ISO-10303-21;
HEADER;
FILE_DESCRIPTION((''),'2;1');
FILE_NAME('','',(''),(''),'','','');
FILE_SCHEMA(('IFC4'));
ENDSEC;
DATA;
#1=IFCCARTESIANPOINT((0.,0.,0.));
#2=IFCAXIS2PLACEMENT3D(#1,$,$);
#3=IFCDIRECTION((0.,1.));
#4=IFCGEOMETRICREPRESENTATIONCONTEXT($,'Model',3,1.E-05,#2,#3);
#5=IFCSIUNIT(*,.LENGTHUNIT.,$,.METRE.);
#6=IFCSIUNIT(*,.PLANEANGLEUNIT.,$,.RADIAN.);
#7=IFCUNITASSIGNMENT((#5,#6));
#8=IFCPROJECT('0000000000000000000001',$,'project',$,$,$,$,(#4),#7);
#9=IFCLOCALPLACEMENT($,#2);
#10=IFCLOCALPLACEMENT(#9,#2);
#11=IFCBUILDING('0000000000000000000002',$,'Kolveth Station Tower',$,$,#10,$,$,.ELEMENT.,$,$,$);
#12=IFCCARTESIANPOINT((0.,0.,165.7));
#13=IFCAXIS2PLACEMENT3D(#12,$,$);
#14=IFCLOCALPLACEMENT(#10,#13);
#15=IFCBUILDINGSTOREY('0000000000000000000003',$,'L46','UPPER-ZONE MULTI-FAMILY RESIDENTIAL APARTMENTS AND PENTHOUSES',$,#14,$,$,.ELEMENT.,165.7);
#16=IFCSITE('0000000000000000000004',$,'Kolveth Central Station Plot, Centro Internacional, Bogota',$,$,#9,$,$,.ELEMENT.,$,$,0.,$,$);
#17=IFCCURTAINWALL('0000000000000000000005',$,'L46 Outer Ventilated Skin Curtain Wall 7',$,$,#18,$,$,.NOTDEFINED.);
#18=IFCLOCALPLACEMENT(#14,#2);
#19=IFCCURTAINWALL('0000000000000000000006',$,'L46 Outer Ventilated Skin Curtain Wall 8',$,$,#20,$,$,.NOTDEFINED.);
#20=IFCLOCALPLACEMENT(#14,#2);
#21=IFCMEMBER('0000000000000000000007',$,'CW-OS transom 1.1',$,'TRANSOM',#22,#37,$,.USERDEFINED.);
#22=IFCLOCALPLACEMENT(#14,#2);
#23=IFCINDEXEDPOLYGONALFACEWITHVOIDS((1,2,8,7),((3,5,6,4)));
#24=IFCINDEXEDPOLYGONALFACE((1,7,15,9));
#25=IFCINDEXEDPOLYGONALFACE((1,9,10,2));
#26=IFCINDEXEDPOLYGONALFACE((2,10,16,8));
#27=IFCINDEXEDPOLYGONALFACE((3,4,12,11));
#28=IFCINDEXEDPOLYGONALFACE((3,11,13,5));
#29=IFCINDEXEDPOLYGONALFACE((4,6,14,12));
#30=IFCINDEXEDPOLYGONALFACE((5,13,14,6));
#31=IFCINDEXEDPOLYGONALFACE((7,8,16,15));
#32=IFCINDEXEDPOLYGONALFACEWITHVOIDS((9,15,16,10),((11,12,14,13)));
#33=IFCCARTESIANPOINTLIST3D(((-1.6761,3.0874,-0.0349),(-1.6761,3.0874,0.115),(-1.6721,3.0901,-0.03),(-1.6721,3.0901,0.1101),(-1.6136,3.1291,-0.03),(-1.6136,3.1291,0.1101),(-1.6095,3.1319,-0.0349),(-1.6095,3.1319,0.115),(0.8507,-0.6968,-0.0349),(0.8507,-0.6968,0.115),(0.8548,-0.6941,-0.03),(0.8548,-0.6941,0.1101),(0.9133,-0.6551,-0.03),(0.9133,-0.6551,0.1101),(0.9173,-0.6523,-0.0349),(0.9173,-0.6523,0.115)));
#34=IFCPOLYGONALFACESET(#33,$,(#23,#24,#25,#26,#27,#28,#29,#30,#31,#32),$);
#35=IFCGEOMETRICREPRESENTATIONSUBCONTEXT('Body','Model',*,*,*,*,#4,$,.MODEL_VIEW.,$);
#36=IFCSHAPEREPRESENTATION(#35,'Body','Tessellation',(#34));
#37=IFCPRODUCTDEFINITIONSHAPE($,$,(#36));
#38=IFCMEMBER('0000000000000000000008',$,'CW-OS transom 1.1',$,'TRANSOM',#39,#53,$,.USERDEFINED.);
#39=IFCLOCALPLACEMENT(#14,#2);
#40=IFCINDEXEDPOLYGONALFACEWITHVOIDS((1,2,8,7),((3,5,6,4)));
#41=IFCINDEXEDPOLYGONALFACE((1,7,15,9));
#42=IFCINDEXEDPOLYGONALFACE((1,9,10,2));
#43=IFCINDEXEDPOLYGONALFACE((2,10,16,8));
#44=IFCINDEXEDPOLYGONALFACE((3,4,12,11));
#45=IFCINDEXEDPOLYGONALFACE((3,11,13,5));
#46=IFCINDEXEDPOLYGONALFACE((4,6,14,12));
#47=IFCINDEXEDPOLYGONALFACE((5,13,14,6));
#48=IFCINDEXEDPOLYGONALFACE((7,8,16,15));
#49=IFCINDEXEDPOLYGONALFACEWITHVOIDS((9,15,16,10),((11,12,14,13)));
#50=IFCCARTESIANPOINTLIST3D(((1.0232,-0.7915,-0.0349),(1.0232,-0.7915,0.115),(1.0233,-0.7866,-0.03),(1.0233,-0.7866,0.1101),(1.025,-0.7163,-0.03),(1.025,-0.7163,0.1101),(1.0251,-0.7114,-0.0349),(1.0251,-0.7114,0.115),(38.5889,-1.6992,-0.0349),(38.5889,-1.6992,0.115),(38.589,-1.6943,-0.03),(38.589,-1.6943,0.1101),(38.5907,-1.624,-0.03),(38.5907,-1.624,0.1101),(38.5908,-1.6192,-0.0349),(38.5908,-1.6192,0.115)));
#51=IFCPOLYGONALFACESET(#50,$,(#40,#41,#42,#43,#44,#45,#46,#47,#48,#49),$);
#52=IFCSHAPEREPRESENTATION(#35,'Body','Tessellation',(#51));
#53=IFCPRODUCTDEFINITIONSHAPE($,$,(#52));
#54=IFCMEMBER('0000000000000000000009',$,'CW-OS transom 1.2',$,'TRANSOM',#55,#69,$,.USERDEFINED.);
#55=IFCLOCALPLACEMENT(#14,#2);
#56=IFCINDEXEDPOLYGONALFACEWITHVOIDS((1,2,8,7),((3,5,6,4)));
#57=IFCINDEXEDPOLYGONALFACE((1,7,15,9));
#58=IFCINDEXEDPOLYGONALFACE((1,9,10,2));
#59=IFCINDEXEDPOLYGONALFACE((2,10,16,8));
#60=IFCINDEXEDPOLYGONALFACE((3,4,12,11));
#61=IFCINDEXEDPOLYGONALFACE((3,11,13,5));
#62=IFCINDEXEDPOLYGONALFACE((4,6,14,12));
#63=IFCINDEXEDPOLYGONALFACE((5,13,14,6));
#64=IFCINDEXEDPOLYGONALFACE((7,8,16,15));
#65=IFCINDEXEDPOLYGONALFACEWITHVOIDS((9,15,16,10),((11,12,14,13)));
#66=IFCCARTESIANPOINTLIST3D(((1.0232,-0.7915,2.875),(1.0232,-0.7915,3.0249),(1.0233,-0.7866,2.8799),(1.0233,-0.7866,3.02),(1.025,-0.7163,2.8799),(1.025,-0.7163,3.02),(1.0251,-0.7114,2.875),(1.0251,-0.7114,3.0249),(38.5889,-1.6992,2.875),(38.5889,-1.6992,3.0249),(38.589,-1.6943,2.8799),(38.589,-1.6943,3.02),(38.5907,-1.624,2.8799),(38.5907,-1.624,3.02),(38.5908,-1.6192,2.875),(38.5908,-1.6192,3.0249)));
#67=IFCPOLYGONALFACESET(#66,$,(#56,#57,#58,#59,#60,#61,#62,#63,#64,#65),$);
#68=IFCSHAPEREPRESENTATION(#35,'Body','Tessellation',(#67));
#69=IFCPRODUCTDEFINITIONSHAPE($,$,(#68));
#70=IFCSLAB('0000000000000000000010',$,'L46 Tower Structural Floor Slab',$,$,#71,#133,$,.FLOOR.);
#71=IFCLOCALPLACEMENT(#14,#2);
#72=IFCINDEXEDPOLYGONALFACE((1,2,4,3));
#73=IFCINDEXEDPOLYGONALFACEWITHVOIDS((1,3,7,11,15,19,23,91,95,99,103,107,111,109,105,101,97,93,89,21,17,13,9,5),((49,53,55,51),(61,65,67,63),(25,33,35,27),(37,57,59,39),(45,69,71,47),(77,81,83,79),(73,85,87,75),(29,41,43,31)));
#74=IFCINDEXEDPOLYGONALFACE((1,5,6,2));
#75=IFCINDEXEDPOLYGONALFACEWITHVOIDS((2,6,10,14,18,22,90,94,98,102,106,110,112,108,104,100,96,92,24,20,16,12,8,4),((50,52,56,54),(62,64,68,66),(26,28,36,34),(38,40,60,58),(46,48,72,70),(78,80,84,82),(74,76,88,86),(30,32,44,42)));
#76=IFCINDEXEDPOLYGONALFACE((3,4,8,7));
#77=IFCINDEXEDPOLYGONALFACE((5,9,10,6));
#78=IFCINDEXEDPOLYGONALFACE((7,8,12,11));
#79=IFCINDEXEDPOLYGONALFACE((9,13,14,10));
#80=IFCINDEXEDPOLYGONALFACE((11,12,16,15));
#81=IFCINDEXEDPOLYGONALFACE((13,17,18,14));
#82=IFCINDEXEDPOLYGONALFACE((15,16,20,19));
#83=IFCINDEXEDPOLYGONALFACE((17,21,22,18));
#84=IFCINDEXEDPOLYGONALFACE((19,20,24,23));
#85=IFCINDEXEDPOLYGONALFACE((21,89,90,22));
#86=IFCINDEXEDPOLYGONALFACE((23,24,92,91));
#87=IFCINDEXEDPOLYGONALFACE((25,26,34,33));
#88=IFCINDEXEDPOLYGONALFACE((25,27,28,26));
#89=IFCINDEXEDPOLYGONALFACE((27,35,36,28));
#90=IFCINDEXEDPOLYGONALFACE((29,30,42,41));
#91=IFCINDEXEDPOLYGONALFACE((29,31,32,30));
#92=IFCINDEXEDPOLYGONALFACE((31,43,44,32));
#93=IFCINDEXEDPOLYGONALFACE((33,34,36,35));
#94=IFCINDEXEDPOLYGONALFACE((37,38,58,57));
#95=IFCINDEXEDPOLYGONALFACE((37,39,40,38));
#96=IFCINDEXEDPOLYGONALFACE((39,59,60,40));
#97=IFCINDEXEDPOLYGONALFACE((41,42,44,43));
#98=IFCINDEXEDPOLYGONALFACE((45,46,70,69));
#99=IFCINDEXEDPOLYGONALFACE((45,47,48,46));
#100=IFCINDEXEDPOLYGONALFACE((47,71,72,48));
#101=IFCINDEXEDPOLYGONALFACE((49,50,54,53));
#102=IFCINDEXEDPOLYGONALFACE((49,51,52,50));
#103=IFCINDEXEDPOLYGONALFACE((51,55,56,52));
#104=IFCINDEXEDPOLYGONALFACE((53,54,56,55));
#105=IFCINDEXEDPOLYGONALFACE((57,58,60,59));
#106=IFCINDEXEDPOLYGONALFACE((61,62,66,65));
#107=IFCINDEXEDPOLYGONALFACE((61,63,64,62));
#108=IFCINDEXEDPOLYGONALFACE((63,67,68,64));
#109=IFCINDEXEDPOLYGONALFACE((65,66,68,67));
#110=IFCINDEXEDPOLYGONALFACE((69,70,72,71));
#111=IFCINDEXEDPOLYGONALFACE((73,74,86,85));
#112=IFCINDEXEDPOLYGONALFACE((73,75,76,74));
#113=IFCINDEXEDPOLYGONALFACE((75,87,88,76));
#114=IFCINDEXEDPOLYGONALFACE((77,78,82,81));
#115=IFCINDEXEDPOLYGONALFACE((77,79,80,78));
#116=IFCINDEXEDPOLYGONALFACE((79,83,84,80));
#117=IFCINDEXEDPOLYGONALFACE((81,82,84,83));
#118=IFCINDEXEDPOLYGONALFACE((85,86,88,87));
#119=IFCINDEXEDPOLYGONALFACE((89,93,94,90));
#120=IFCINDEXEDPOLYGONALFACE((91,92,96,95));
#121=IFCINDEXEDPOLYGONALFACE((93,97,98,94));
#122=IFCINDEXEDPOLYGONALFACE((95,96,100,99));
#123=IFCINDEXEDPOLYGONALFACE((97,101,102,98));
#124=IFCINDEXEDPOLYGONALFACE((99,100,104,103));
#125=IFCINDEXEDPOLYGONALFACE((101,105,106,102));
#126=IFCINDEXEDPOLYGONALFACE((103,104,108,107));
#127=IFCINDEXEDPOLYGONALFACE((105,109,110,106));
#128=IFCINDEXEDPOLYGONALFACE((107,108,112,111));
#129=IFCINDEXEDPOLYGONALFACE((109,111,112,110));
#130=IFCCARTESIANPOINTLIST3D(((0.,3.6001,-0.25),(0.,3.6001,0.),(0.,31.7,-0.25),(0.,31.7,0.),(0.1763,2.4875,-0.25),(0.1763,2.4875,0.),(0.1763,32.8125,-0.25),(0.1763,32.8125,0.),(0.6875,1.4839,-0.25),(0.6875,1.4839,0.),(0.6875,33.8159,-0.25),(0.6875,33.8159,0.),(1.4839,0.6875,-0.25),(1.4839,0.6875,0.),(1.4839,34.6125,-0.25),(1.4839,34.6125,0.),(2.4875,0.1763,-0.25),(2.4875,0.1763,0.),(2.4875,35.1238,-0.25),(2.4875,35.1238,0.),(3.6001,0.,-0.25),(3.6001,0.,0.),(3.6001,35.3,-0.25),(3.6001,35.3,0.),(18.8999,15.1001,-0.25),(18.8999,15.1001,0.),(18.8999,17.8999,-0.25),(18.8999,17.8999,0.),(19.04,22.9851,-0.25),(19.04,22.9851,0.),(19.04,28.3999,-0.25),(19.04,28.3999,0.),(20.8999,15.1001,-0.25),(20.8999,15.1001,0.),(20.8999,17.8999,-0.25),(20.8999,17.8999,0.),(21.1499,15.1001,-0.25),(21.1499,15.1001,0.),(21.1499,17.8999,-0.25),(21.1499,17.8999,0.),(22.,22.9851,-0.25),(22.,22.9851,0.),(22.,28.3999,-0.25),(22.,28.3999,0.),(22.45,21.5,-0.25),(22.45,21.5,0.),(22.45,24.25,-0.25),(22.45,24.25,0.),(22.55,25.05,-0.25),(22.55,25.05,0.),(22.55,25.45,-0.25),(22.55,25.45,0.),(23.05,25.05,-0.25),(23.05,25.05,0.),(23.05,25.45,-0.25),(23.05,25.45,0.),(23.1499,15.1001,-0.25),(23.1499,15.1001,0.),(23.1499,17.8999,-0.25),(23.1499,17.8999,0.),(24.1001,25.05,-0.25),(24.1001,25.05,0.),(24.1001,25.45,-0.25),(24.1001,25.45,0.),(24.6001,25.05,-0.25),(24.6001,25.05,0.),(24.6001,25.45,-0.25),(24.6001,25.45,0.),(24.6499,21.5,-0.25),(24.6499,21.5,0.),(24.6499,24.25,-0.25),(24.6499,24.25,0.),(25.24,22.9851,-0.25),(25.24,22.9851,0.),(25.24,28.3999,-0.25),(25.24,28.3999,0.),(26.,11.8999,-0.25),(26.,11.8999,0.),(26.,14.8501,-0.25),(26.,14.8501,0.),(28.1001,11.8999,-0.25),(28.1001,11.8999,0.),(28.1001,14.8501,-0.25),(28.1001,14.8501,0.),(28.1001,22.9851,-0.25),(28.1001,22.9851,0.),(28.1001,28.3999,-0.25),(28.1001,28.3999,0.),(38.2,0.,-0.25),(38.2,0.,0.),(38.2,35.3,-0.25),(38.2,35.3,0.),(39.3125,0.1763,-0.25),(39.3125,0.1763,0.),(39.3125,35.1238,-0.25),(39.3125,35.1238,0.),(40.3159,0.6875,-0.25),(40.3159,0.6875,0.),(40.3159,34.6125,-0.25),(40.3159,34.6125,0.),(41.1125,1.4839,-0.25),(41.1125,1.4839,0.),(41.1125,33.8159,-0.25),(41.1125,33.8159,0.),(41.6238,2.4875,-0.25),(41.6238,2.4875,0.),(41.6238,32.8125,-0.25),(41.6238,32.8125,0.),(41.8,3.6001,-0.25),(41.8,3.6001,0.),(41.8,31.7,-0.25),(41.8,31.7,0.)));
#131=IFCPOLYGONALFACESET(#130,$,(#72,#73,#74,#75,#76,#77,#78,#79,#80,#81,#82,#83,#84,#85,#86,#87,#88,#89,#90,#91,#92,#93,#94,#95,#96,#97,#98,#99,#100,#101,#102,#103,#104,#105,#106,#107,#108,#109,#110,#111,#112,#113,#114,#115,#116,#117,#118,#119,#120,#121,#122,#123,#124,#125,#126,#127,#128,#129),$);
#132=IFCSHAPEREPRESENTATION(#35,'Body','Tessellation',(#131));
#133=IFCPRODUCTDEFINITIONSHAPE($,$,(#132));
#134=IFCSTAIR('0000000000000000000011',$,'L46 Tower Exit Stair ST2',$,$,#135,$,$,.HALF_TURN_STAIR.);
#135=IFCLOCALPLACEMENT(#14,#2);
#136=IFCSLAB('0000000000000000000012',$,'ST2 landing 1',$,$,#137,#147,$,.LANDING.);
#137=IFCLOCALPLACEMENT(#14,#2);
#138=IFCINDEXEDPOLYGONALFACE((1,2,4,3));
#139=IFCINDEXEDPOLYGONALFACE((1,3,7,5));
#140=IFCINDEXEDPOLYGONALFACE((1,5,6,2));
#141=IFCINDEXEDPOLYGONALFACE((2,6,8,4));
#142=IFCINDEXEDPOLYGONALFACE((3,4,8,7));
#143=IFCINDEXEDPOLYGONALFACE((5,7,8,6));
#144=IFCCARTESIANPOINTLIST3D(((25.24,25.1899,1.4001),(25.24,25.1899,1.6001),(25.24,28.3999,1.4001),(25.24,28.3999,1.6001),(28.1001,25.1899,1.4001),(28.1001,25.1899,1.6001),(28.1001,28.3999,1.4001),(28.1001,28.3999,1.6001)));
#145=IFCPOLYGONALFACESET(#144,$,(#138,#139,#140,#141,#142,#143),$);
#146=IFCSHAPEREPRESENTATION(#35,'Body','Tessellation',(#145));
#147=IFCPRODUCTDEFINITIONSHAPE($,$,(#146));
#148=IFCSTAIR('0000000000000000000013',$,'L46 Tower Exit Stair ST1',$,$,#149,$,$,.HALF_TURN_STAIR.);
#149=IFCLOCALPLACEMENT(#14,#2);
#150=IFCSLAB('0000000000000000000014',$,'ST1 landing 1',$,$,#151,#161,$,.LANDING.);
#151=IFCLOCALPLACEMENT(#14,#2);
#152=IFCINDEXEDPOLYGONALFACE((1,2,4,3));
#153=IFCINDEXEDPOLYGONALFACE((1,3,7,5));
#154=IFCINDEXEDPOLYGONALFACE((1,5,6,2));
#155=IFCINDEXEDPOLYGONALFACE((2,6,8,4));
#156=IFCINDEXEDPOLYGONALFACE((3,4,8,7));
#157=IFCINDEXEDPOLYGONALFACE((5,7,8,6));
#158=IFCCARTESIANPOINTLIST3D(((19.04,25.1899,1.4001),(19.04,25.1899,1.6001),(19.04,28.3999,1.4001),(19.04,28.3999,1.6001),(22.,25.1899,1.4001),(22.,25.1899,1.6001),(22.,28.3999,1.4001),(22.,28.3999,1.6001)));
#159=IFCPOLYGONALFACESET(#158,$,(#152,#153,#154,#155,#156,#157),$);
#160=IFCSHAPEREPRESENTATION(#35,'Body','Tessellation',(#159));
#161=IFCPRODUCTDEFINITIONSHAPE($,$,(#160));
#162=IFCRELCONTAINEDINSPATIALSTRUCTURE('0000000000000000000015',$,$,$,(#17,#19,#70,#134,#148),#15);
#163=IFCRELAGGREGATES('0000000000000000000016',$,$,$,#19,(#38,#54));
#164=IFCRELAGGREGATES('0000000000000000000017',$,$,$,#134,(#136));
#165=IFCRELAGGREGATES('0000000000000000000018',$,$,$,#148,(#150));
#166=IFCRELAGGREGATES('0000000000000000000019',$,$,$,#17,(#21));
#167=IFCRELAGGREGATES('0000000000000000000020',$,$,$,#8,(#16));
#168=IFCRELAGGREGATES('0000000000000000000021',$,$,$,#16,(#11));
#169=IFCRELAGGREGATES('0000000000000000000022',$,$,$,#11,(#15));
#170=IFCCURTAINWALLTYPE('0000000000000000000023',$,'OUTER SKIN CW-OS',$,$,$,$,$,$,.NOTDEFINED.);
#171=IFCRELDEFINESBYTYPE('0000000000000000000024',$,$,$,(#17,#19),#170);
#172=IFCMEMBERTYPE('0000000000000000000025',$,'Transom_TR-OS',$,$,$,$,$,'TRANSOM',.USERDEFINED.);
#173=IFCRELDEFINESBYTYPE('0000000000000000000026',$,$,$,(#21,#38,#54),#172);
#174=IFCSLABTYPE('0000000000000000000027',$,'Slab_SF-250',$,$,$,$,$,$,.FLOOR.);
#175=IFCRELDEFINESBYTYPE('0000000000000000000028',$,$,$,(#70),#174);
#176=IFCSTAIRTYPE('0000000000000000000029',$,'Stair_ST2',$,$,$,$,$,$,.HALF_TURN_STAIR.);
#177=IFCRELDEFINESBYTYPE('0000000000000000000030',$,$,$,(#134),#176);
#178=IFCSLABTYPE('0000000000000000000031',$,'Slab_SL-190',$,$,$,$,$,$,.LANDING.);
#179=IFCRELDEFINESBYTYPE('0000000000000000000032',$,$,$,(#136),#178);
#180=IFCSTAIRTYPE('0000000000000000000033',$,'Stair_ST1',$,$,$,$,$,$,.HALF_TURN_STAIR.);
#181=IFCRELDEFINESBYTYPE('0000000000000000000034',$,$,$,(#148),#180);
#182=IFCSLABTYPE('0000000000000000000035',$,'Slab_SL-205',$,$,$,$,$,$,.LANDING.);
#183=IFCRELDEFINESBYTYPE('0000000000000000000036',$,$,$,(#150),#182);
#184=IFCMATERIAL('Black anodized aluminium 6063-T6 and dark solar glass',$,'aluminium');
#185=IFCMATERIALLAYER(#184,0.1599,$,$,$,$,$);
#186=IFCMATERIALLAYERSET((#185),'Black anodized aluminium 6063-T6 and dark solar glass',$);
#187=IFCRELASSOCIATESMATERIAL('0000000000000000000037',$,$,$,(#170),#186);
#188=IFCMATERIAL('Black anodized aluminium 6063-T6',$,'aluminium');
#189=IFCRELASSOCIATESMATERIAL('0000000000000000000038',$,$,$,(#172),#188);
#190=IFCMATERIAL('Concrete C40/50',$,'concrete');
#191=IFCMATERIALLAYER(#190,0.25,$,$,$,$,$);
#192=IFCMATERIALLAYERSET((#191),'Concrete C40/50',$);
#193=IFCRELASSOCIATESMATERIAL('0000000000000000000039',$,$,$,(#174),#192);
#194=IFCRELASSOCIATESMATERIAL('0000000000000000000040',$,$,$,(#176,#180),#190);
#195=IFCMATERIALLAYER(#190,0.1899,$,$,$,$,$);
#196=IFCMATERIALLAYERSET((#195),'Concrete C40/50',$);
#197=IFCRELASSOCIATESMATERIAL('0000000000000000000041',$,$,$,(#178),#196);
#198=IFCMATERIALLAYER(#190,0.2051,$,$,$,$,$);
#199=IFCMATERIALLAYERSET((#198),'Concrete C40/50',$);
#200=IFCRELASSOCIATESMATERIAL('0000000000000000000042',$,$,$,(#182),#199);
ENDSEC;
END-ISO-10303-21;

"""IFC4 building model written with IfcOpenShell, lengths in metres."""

from ifc_helpers import new_model, si_unit, direction, frame, origin, origin_2d, place, context, subcontext, project, spatial, polyline, hollow_rectangle, outline, extrude, source, transform, mapped, material, layer, layer_set, material_profile, profile_set, type_object, element, aggregate, save


model = new_model("IFC4")

# Units and contexts
model_context = context("Model", 3, precision=1e-05, world=origin(), true_north=direction((0.0, 1.0)))
body_context = subcontext(model_context, "Body", "Model", "MODEL_VIEW")
ifc_project = project(units=[si_unit("LENGTHUNIT", "METRE"), si_unit("PLANEANGLEUNIT", "RADIAN")], contexts=[model_context])

# Site, building, storey
site_placement = place(None, origin())
site = spatial("IfcSite", under=ifc_project, at=site_placement, Name="Kolveth Central Station Plot, Centro Internacional, Bogota", CompositionType="ELEMENT", RefElevation=0.0)
building_placement = place(site_placement, origin())
building = spatial("IfcBuilding", under=site, at=building_placement, Name="Kolveth Station Tower", CompositionType="ELEMENT")
storey_placement = place(building_placement, frame((0.0, 0.0, 165.7)))
storey = spatial("IfcBuildingStorey", under=building, at=storey_placement, Name="L46", Description="UPPER-ZONE MULTI-FAMILY RESIDENTIAL APARTMENTS AND PENTHOUSES", CompositionType="ELEMENT", Elevation=165.7)

# Shared definitions
ifc_material_1 = material(Name="Black anodized aluminium 6063-T6", Category="aluminium")

# Curtain walls
ifc_material_2 = material(Name="Black anodized aluminium 6063-T6 and dark solar glass", Category="aluminium")
ifc_layer_1 = layer(ifc_material_2, 0.1599)
ifc_layer_set_1 = layer_set([ifc_layer_1], Name="Black anodized aluminium 6063-T6 and dark solar glass")
curtain_wall_type_1 = type_object("IfcCurtainWallType", Name="OUTER SKIN CW-OS", PredefinedType="NOTDEFINED", material=ifc_layer_set_1)
curtain_wall_1_placement = place(storey_placement, origin())
curtain_wall_1 = element("IfcCurtainWall", 1, at=curtain_wall_1_placement, inside=storey, type_object=curtain_wall_type_1, Name="L46 Outer Ventilated Skin Curtain Wall 7", PredefinedType="NOTDEFINED")
curtain_wall_2_placement = place(storey_placement, origin())
curtain_wall_2 = element("IfcCurtainWall", 2, at=curtain_wall_2_placement, inside=storey, type_object=curtain_wall_type_1, Name="L46 Outer Ventilated Skin Curtain Wall 8", PredefinedType="NOTDEFINED")

# Members
ifc_material_profile_1 = material_profile(ifc_material_1, hollow_rectangle(XDim=0.0801, YDim=0.1499, WallThickness=0.0049, at=origin_2d()), Name="ALU-80x150x5")
ifc_profile_set_1 = profile_set([ifc_material_profile_1], Name="Black anodized aluminium 6063-T6")
member_type_1 = type_object("IfcMemberType", Name="Transom_TR-OS", ElementType="TRANSOM", PredefinedType="USERDEFINED", material=ifc_profile_set_1)
shared_shape_1 = source(origin(), body_context, "Body", "SweptSolid", [
    extrude(hollow_rectangle(XDim=0.0801, YDim=0.1499, WallThickness=0.0049, at=origin_2d()), origin(), (0.0, 0.0, 1.0), 4.5503),
])
member_1_placement = place(storey_placement, frame((-1.6428, 3.1096, 0.04), z_axis=(0.555319, -0.831637, 0.0), x_axis=(0.831637, 0.555319, 0.0)))
member_1 = element("IfcMember", 3, at=member_1_placement, type_object=member_type_1, Name="CW-OS transom 1.1", ObjectType="TRANSOM", PredefinedType="USERDEFINED", context=body_context, shape_type="MappedRepresentation", body=[
    mapped(shared_shape_1, transform((0.0, 0.0, 0.0), x_axis=(1.0, 0.0, 0.0), y_axis=(0.0, 1.0, 0.0), z_axis=(0.0, 0.0, 1.0), scale=1.0)),
])
shared_shape_2 = source(origin(), body_context, "Body", "SweptSolid", [
    extrude(hollow_rectangle(XDim=0.0801, YDim=0.1499, WallThickness=0.0049, at=origin_2d()), origin(), (0.0, 0.0, 1.0), 37.5767),
])
member_2_placement = place(storey_placement, frame((1.0242, -0.7515, 0.04), z_axis=(0.999708, -0.024156, 0.0), x_axis=(0.024156, 0.999708, 0.0)))
member_2 = element("IfcMember", 4, at=member_2_placement, type_object=member_type_1, Name="CW-OS transom 1.1", ObjectType="TRANSOM", PredefinedType="USERDEFINED", context=body_context, shape_type="MappedRepresentation", body=[
    mapped(shared_shape_2, transform((0.0, 0.0, 0.0), x_axis=(1.0, 0.0, 0.0), y_axis=(0.0, 1.0, 0.0), z_axis=(0.0, 0.0, 1.0), scale=1.0)),
])
member_3_placement = place(storey_placement, frame((1.0242, -0.7515, 2.95), z_axis=(0.999708, -0.024156, 0.0), x_axis=(0.024156, 0.999708, 0.0)))
member_3 = element("IfcMember", 5, at=member_3_placement, type_object=member_type_1, Name="CW-OS transom 1.2", ObjectType="TRANSOM", PredefinedType="USERDEFINED", context=body_context, shape_type="MappedRepresentation", body=[
    mapped(shared_shape_2, transform((0.0, 0.0, 0.0), x_axis=(1.0, 0.0, 0.0), y_axis=(0.0, 1.0, 0.0), z_axis=(0.0, 0.0, 1.0), scale=1.0)),
])
aggregate(curtain_wall_2, [member_2, member_3])

# Slab
ifc_material_3 = material(Name="Concrete C40/50", Category="concrete")
ifc_layer_2 = layer(ifc_material_3, 0.25)
ifc_layer_set_2 = layer_set([ifc_layer_2], Name="Concrete C40/50")
slab_type_1 = type_object("IfcSlabType", Name="Slab_SF-250", PredefinedType="FLOOR", material=ifc_layer_set_2)
slab_1_placement = place(storey_placement, frame((0.0, 0.0, -0.25)))
element("IfcSlab", 6, at=slab_1_placement, inside=storey, type_object=slab_type_1, Name="L46 Tower Structural Floor Slab", PredefinedType="FLOOR", context=body_context, shape_type="SweptSolid", body=[
    extrude(outline(polyline([(38.2, 0.0), (39.3125, 0.1763), (40.3159, 0.6875), (41.1125, 1.4839), (41.6238, 2.4875), (41.8, 3.6001), (41.8, 31.7), (41.6238, 32.8125), (41.1125, 33.8159), (40.3159, 34.6125), (39.3125, 35.1238), (38.2, 35.3), (3.6001, 35.3), (2.4875, 35.1238), (1.4839, 34.6125), (0.6875, 33.8159), (0.1763, 32.8125), (0.0, 31.7), (0.0, 3.6001), (0.1763, 2.4875), (0.6875, 1.4839), (1.4839, 0.6875), (2.4875, 0.1763), (3.6001, 0.0), (38.2, 0.0)]), holes=[polyline([(19.04, 22.9851), (22.0, 22.9851), (22.0, 28.3999), (19.04, 28.3999), (19.04, 22.9851)]), polyline([(25.24, 22.9851), (28.1001, 22.9851), (28.1001, 28.3999), (25.24, 28.3999), (25.24, 22.9851)]), polyline([(18.8999, 15.1001), (20.8999, 15.1001), (20.8999, 17.8999), (18.8999, 17.8999), (18.8999, 15.1001)]), polyline([(21.1499, 15.1001), (23.1499, 15.1001), (23.1499, 17.8999), (21.1499, 17.8999), (21.1499, 15.1001)]), polyline([(22.45, 21.5), (24.6499, 21.5), (24.6499, 24.25), (22.45, 24.25), (22.45, 21.5)]), polyline([(26.0, 11.8999), (28.1001, 11.8999), (28.1001, 14.8501), (26.0, 14.8501), (26.0, 11.8999)]), polyline([(22.55, 25.05), (23.05, 25.05), (23.05, 25.45), (22.55, 25.45), (22.55, 25.05)]), polyline([(24.1001, 25.05), (24.6001, 25.05), (24.6001, 25.45), (24.1001, 25.45), (24.1001, 25.05)])]), origin(), (0.0, 0.0, 1.0), 0.25),
])

# Stairs, slabs
stair_type_1 = type_object("IfcStairType", Name="Stair_ST2", PredefinedType="HALF_TURN_STAIR", material=ifc_material_3)
stair_1_placement = place(storey_placement, origin())
stair_1 = element("IfcStair", 7, at=stair_1_placement, inside=storey, type_object=stair_type_1, Name="L46 Tower Exit Stair ST2", PredefinedType="HALF_TURN_STAIR")
ifc_layer_3 = layer(ifc_material_3, 0.1899)
ifc_layer_set_3 = layer_set([ifc_layer_3], Name="Concrete C40/50")
slab_type_2 = type_object("IfcSlabType", Name="Slab_SL-190", PredefinedType="LANDING", material=ifc_layer_set_3)
slab_2_placement = place(storey_placement, frame((0.0, 0.0, 1.4001)))
slab_2 = element("IfcSlab", 8, at=slab_2_placement, type_object=slab_type_2, Name="ST2 landing 1", PredefinedType="LANDING", context=body_context, shape_type="SweptSolid", body=[
    extrude(outline(polyline([(28.1001, 25.1899), (28.1001, 28.3999), (25.24, 28.3999), (25.24, 25.1899), (28.1001, 25.1899)])), origin(), (0.0, 0.0, 1.0), 0.2),
])
aggregate(stair_1, [slab_2])
stair_type_2 = type_object("IfcStairType", Name="Stair_ST1", PredefinedType="HALF_TURN_STAIR", material=ifc_material_3)
stair_2_placement = place(storey_placement, origin())
stair_2 = element("IfcStair", 9, at=stair_2_placement, inside=storey, type_object=stair_type_2, Name="L46 Tower Exit Stair ST1", PredefinedType="HALF_TURN_STAIR")
ifc_layer_4 = layer(ifc_material_3, 0.2051)
ifc_layer_set_4 = layer_set([ifc_layer_4], Name="Concrete C40/50")
slab_type_3 = type_object("IfcSlabType", Name="Slab_SL-205", PredefinedType="LANDING", material=ifc_layer_set_4)
slab_3_placement = place(storey_placement, frame((0.0, 0.0, 1.4001)))
slab_3 = element("IfcSlab", 10, at=slab_3_placement, type_object=slab_type_3, Name="ST1 landing 1", PredefinedType="LANDING", context=body_context, shape_type="SweptSolid", body=[
    extrude(outline(polyline([(22.0, 25.1899), (22.0, 28.3999), (19.04, 28.3999), (19.04, 25.1899), (22.0, 25.1899)])), origin(), (0.0, 0.0, 1.0), 0.2),
])
aggregate(stair_2, [slab_3])

aggregate(curtain_wall_1, [member_1])

save(model, "model.ifc")
